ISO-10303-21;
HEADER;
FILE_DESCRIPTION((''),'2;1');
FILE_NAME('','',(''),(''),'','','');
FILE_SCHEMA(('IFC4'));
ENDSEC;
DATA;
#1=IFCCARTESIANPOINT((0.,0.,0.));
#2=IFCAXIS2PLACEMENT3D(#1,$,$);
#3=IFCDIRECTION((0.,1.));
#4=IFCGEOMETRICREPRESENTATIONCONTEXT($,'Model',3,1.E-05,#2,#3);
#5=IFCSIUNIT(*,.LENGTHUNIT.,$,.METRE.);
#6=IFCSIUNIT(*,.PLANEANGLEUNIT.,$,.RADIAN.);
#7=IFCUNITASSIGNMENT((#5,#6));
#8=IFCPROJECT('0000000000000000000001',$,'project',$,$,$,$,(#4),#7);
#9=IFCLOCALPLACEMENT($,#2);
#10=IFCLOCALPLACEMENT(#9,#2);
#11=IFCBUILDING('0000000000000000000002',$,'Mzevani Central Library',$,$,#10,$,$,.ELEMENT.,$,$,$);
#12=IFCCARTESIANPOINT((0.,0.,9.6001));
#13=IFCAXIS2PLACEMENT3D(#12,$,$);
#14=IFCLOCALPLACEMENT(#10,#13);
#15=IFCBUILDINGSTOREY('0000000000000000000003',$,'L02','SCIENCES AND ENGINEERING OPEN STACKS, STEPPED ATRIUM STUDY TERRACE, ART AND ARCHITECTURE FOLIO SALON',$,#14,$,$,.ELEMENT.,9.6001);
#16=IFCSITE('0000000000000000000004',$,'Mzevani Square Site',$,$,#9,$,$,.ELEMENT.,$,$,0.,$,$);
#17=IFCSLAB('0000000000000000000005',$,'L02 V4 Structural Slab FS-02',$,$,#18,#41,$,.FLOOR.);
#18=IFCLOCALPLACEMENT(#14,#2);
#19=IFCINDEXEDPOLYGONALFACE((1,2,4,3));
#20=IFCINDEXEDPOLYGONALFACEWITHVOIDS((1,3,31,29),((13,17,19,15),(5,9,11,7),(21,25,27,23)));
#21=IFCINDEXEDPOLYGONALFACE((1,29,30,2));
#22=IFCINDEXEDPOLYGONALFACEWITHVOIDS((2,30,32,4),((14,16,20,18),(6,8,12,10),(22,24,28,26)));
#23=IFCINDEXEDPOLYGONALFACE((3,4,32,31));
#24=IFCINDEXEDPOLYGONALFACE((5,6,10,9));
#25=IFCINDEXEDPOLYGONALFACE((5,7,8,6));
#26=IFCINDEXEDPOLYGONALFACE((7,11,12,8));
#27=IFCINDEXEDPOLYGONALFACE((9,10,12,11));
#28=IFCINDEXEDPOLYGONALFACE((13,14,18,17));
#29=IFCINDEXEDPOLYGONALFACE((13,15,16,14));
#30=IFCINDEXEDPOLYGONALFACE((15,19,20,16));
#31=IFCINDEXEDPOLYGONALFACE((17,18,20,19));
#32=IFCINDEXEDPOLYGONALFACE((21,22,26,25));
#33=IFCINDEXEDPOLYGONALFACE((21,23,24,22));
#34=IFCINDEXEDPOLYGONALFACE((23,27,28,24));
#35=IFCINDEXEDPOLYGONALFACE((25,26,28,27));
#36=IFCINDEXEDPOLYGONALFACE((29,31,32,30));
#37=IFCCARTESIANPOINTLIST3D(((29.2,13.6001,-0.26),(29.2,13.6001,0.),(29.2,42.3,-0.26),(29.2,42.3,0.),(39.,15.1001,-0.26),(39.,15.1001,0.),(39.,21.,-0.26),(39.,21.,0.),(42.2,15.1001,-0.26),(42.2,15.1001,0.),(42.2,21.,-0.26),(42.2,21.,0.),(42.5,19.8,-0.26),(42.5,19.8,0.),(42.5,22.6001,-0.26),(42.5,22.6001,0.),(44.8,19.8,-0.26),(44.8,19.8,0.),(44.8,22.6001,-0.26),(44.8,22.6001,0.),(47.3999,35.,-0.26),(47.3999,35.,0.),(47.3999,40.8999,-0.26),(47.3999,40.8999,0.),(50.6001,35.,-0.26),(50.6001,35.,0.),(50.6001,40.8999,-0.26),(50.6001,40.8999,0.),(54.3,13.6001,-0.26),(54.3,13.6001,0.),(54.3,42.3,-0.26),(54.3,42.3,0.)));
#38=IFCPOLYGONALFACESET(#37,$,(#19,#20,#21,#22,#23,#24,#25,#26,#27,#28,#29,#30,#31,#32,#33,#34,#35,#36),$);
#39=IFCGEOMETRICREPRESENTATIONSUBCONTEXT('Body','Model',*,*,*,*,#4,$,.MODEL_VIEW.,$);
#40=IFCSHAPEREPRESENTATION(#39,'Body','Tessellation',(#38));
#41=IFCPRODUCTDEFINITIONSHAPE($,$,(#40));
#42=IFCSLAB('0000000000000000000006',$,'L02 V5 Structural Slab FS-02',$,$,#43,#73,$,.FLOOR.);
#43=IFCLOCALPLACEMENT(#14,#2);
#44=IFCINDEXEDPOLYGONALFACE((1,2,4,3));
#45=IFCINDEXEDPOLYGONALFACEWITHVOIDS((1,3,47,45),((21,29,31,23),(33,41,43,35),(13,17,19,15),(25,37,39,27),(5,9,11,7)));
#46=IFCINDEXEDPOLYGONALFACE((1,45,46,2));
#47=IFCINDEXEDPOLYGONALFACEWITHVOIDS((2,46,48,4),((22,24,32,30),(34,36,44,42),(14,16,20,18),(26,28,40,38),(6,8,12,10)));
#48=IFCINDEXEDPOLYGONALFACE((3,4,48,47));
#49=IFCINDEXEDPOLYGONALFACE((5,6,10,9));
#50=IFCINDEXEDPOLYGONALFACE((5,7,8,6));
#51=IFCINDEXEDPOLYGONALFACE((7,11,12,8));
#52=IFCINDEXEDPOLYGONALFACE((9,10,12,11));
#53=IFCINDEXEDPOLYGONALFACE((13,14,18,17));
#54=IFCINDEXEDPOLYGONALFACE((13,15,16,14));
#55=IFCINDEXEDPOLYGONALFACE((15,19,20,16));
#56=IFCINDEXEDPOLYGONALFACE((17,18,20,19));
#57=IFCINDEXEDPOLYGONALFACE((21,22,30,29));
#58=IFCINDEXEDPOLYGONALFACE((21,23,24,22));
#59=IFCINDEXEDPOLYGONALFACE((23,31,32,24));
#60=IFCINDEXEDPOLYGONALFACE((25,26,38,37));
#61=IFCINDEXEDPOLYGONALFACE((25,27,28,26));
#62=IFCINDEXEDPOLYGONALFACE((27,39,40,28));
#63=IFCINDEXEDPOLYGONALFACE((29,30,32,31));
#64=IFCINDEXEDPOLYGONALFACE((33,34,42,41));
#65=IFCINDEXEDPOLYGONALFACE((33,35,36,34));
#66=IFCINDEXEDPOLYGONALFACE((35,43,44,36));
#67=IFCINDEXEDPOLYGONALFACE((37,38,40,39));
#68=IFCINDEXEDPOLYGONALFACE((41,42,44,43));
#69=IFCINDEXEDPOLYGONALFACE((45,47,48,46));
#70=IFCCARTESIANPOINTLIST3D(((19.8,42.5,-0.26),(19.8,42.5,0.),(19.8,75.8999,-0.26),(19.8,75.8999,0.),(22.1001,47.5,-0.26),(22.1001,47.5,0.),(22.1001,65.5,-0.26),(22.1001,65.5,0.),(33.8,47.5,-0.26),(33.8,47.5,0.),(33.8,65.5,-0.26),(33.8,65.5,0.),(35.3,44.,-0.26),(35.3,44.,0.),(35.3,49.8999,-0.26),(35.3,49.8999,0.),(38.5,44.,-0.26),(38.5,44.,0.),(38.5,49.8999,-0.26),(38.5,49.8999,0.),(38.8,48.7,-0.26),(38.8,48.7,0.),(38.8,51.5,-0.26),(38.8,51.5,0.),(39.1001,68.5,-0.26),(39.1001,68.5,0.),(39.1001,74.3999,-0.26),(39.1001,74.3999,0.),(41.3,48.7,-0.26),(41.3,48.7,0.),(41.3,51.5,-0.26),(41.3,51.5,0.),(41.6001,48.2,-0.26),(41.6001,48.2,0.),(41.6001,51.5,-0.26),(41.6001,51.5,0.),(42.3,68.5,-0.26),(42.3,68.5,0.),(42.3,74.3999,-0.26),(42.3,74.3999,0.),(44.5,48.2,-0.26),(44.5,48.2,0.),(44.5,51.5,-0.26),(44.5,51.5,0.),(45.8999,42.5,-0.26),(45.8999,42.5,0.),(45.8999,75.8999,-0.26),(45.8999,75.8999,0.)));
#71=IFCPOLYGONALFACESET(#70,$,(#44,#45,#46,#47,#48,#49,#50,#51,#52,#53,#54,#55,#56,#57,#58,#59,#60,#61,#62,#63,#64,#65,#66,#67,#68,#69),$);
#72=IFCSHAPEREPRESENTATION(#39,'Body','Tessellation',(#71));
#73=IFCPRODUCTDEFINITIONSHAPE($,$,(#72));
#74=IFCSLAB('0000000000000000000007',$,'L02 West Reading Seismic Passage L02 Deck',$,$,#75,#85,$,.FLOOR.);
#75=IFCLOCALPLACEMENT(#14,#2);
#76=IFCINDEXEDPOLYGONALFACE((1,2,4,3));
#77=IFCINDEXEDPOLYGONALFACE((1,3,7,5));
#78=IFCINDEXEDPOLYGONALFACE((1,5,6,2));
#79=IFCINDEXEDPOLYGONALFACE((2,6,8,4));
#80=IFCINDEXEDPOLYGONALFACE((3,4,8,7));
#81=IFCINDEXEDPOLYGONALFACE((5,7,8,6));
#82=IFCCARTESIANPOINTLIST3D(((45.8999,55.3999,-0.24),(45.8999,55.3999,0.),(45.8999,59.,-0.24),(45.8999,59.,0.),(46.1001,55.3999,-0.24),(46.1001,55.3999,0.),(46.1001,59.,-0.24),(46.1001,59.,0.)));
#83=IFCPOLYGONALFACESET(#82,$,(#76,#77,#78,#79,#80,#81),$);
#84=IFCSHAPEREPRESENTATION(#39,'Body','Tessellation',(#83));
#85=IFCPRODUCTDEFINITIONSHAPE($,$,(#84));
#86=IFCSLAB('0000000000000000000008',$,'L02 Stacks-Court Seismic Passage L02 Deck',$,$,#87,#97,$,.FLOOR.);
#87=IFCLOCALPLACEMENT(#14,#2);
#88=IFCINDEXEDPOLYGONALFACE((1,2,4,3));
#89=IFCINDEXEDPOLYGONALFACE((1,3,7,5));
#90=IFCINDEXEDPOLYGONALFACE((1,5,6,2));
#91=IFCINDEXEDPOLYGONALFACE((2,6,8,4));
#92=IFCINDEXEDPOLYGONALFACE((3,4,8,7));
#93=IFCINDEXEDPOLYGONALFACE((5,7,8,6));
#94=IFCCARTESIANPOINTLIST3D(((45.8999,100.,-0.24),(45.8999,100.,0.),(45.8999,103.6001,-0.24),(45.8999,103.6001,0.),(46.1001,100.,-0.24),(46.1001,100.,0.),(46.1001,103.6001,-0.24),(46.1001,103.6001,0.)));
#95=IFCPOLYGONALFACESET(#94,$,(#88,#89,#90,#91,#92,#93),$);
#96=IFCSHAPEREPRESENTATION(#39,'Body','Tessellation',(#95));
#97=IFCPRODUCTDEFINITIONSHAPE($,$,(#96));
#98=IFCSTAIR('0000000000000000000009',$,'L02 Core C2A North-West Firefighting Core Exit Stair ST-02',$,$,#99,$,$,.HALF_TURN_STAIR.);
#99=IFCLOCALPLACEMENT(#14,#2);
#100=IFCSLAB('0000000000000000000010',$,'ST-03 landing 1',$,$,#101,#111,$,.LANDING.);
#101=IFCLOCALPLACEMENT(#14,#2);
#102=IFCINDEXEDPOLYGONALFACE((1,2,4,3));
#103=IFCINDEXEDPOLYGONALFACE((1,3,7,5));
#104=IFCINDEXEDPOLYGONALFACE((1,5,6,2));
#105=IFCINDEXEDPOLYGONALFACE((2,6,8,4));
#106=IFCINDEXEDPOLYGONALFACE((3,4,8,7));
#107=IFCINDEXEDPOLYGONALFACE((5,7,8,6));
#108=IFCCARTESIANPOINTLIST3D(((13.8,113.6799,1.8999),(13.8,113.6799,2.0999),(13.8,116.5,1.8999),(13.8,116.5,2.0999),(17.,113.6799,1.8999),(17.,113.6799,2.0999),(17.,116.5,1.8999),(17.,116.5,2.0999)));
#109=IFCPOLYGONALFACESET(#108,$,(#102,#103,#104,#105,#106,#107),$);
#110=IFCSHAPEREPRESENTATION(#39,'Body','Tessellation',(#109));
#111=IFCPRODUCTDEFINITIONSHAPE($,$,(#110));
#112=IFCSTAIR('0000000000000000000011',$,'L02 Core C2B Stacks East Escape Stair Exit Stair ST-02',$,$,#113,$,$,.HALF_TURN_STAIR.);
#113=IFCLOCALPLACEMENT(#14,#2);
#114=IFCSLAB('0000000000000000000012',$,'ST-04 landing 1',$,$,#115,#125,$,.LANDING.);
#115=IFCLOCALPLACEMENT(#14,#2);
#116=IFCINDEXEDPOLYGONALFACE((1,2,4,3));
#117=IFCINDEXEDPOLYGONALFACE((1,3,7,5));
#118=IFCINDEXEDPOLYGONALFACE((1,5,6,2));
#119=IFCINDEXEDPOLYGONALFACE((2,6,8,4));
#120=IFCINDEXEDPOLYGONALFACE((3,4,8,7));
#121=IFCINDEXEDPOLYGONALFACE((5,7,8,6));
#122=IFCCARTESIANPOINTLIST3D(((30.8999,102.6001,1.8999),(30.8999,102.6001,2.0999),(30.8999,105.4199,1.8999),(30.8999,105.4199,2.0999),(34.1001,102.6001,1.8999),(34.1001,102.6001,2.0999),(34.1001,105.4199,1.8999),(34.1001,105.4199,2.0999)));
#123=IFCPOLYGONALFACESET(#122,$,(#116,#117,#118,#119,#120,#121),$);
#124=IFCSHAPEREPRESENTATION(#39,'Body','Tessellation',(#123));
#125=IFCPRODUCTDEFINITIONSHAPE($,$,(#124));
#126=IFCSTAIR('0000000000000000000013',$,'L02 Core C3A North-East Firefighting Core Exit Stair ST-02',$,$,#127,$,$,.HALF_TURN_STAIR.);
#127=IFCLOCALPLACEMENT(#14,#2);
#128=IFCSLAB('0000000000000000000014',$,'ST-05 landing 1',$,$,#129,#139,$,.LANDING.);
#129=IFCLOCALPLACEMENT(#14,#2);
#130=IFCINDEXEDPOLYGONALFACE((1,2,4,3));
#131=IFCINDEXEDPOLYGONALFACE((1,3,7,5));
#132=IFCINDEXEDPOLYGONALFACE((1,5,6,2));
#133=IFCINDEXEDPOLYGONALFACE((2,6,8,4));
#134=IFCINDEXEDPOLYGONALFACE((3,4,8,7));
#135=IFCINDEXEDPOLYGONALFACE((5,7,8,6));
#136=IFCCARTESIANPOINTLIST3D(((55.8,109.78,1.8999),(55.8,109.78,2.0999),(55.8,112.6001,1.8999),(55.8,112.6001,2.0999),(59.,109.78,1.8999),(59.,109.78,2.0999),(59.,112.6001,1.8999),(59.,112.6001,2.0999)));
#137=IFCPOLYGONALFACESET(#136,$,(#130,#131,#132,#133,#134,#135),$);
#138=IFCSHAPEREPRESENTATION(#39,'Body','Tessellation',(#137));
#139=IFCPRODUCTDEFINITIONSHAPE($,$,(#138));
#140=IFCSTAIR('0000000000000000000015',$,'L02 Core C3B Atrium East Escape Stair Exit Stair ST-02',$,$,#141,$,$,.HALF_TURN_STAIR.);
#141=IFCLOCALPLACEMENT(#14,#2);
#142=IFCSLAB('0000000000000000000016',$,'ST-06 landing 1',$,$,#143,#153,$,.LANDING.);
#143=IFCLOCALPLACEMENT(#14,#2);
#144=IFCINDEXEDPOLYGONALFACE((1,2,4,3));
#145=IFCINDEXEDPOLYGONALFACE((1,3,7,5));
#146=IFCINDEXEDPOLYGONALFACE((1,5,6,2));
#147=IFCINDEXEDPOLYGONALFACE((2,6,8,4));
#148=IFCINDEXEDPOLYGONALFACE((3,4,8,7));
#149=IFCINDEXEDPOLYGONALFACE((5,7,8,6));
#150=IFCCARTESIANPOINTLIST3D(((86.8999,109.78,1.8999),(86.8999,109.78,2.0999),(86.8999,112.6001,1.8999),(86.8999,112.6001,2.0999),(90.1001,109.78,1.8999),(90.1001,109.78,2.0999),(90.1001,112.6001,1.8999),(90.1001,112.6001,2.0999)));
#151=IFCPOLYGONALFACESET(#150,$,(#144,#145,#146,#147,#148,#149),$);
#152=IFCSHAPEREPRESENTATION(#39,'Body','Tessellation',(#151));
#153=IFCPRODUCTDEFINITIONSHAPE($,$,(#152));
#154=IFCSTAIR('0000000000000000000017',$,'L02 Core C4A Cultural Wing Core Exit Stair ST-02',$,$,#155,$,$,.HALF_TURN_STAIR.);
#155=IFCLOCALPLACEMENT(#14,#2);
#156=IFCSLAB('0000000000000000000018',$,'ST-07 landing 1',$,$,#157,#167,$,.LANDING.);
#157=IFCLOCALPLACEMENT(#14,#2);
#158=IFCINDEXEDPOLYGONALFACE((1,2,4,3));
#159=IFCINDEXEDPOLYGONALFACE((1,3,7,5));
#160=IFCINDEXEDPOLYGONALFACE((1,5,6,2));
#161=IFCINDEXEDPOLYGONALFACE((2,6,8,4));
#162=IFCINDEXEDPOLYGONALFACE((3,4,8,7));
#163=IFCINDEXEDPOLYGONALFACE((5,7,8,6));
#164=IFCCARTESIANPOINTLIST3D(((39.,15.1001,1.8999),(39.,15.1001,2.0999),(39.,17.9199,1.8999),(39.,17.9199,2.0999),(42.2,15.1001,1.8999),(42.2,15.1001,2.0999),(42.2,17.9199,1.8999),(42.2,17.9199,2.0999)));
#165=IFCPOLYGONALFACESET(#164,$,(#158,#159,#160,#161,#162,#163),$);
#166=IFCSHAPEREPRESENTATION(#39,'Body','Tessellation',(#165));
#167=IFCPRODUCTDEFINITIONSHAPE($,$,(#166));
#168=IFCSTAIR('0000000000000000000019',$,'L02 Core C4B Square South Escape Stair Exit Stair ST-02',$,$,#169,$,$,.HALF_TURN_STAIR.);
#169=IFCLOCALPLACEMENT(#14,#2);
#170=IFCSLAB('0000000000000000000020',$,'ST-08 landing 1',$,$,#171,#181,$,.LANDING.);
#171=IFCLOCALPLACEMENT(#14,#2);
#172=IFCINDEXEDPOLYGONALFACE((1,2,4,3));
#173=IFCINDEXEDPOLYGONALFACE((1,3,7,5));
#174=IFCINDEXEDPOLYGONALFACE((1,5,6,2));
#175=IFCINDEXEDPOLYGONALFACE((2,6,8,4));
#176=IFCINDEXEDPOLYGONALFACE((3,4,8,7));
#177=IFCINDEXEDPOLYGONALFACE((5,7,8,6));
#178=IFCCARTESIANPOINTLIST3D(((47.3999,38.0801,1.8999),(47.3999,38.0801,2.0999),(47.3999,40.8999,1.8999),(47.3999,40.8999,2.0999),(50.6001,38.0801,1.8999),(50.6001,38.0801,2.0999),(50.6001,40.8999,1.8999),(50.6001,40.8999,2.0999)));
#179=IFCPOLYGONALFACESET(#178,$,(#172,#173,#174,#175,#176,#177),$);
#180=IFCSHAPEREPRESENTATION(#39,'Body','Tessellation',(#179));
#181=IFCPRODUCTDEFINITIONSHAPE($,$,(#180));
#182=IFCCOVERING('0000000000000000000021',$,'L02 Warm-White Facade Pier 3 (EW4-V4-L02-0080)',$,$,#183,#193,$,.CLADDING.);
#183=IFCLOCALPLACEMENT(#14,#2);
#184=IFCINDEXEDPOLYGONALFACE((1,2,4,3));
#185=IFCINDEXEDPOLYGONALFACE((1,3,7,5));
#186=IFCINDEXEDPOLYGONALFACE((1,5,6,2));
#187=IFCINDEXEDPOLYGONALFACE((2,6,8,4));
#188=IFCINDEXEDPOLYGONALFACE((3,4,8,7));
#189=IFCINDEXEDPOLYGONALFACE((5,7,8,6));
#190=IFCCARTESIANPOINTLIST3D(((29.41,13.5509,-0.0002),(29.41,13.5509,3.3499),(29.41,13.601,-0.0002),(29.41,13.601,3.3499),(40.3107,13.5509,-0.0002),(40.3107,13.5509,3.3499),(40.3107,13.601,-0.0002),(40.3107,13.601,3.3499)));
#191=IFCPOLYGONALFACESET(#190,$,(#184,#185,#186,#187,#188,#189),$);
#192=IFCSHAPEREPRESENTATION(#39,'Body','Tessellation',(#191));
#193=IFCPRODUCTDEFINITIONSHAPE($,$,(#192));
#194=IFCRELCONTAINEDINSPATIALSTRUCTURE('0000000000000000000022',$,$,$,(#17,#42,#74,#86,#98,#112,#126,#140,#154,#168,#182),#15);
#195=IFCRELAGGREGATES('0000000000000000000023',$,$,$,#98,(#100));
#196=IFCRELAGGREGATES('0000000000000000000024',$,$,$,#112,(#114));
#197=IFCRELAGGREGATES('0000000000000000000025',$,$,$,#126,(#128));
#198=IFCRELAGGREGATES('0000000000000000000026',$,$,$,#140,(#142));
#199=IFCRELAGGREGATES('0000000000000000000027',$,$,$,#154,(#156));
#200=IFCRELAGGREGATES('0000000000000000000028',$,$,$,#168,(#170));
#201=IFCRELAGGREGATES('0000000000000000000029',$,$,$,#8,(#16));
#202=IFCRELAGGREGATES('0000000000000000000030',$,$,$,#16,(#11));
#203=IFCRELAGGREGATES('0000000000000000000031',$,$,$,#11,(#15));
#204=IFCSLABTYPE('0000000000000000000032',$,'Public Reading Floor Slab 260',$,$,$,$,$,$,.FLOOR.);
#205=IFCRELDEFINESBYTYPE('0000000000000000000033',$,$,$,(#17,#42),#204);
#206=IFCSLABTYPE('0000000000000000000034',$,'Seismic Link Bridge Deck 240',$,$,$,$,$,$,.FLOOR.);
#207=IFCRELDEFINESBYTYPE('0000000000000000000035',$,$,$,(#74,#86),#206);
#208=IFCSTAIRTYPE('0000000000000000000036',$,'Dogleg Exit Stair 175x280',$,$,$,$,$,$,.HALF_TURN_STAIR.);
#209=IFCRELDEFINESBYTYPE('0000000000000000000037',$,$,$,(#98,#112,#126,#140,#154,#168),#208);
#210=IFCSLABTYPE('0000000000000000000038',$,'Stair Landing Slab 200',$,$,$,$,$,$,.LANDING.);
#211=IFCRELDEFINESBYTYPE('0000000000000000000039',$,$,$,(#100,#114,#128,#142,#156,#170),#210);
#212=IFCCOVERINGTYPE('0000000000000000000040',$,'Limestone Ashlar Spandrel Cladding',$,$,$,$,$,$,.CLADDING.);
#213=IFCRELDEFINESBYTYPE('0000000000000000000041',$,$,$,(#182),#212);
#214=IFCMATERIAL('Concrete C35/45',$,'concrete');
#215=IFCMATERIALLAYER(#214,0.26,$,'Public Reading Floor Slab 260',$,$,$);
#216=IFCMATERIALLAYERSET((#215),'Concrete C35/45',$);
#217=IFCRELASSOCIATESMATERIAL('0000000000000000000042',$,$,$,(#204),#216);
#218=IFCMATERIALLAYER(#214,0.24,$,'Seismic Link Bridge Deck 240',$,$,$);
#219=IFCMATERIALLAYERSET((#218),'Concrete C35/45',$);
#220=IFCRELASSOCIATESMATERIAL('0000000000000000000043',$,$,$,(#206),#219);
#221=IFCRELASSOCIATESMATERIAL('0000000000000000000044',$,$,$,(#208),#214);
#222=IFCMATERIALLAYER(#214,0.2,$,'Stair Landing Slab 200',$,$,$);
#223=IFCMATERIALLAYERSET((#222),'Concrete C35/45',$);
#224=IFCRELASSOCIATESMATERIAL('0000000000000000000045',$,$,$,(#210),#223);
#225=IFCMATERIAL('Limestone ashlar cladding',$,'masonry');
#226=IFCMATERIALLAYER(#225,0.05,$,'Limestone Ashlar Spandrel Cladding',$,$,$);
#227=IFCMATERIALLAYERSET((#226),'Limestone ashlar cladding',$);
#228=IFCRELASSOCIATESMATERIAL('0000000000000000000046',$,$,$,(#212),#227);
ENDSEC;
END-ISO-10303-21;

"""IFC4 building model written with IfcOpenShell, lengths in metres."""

from ifc_helpers import new_model, si_unit, direction, frame, origin, origin_2d, place, context, subcontext, project, spatial, polyline, rectangle, outline, extrude, material, layer, layer_set, type_object, element, aggregate, save


model = new_model("IFC4")

# Units and contexts
model_context = context("Model", 3, precision=1e-05, world=origin(), true_north=direction((0.0, 1.0)))
body_context = subcontext(model_context, "Body", "Model", "MODEL_VIEW")
ifc_project = project(units=[si_unit("LENGTHUNIT", "METRE"), si_unit("PLANEANGLEUNIT", "RADIAN")], contexts=[model_context])

# Site, building, storey
site_placement = place(None, origin())
site = spatial("IfcSite", under=ifc_project, at=site_placement, Name="Mzevani Square Site", CompositionType="ELEMENT", RefElevation=0.0)
building_placement = place(site_placement, origin())
building = spatial("IfcBuilding", under=site, at=building_placement, Name="Mzevani Central Library", CompositionType="ELEMENT")
storey_placement = place(building_placement, frame((0.0, 0.0, 9.6001)))
storey = spatial("IfcBuildingStorey", under=building, at=storey_placement, Name="L02", Description="SCIENCES AND ENGINEERING OPEN STACKS, STEPPED ATRIUM STUDY TERRACE, ART AND ARCHITECTURE FOLIO SALON", CompositionType="ELEMENT", Elevation=9.6001)

# Slabs
ifc_material_1 = material(Name="Concrete C35/45", Category="concrete")
ifc_layer_1 = layer(ifc_material_1, 0.26, Name="Public Reading Floor Slab 260")
ifc_layer_set_1 = layer_set([ifc_layer_1], Name="Concrete C35/45")
slab_type_1 = type_object("IfcSlabType", Name="Public Reading Floor Slab 260", PredefinedType="FLOOR", material=ifc_layer_set_1)
slab_1_placement = place(storey_placement, frame((0.0, 0.0, -0.26)))
element("IfcSlab", 1, at=slab_1_placement, inside=storey, type_object=slab_type_1, Name="L02 V4 Structural Slab FS-02", PredefinedType="FLOOR", context=body_context, shape_type="SweptSolid", body=[
    extrude(outline(polyline([(54.3, 13.6001), (29.2, 13.6001), (29.2, 42.3), (54.3, 42.3), (54.3, 13.6001)]), holes=[polyline([(39.0, 21.0), (39.0, 15.1001), (42.2, 15.1001), (42.2, 21.0), (39.0, 21.0)]), polyline([(42.5, 19.8), (44.8, 19.8), (44.8, 22.6001), (42.5, 22.6001), (42.5, 19.8)]), polyline([(50.6001, 35.0), (50.6001, 40.8999), (47.3999, 40.8999), (47.3999, 35.0), (50.6001, 35.0)])]), origin(), (0.0, 0.0, 1.0), 0.26),
])
slab_2_placement = place(storey_placement, frame((0.0, 0.0, -0.26)))
element("IfcSlab", 2, at=slab_2_placement, inside=storey, type_object=slab_type_1, Name="L02 V5 Structural Slab FS-02", PredefinedType="FLOOR", context=body_context, shape_type="SweptSolid", body=[
    extrude(outline(polyline([(19.8, 42.5), (19.8, 75.8999), (45.8999, 75.8999), (45.8999, 42.5), (19.8, 42.5)]), holes=[polyline([(33.8, 65.5), (22.1001, 65.5), (22.1001, 47.5), (33.8, 47.5), (33.8, 65.5)]), polyline([(35.3, 49.8999), (35.3, 44.0), (38.5, 44.0), (38.5, 49.8999), (35.3, 49.8999)]), polyline([(38.8, 48.7), (41.3, 48.7), (41.3, 51.5), (38.8, 51.5), (38.8, 48.7)]), polyline([(41.6001, 48.2), (44.5, 48.2), (44.5, 51.5), (41.6001, 51.5), (41.6001, 48.2)]), polyline([(42.3, 68.5), (42.3, 74.3999), (39.1001, 74.3999), (39.1001, 68.5), (42.3, 68.5)])]), origin(), (0.0, 0.0, 1.0), 0.26),
])
ifc_layer_2 = layer(ifc_material_1, 0.24, Name="Seismic Link Bridge Deck 240")
ifc_layer_set_2 = layer_set([ifc_layer_2], Name="Concrete C35/45")
slab_type_2 = type_object("IfcSlabType", Name="Seismic Link Bridge Deck 240", PredefinedType="FLOOR", material=ifc_layer_set_2)
slab_3_placement = place(storey_placement, frame((0.0, 0.0, -0.24)))
element("IfcSlab", 3, at=slab_3_placement, inside=storey, type_object=slab_type_2, Name="L02 West Reading Seismic Passage L02 Deck", PredefinedType="FLOOR", context=body_context, shape_type="SweptSolid", body=[
    extrude(outline(polyline([(45.8999, 55.3999), (46.1001, 55.3999), (46.1001, 59.0), (45.8999, 59.0), (45.8999, 55.3999)])), origin(), (0.0, 0.0, 1.0), 0.24),
])
slab_4_placement = place(storey_placement, frame((0.0, 0.0, -0.24)))
element("IfcSlab", 4, at=slab_4_placement, inside=storey, type_object=slab_type_2, Name="L02 Stacks-Court Seismic Passage L02 Deck", PredefinedType="FLOOR", context=body_context, shape_type="SweptSolid", body=[
    extrude(outline(polyline([(45.8999, 100.0), (46.1001, 100.0), (46.1001, 103.6001), (45.8999, 103.6001), (45.8999, 100.0)])), origin(), (0.0, 0.0, 1.0), 0.24),
])

# Stairs, slabs
stair_type = type_object("IfcStairType", Name="Dogleg Exit Stair 175x280", PredefinedType="HALF_TURN_STAIR", material=ifc_material_1)
stair_1_placement = place(storey_placement, origin())
stair_1 = element("IfcStair", 5, at=stair_1_placement, inside=storey, type_object=stair_type, Name="L02 Core C2A North-West Firefighting Core Exit Stair ST-02", PredefinedType="HALF_TURN_STAIR")
ifc_layer_3 = layer(ifc_material_1, 0.2, Name="Stair Landing Slab 200")
ifc_layer_set_3 = layer_set([ifc_layer_3], Name="Concrete C35/45")
slab_type_3 = type_object("IfcSlabType", Name="Stair Landing Slab 200", PredefinedType="LANDING", material=ifc_layer_set_3)
slab_5_placement = place(storey_placement, frame((0.0, 0.0, 1.8999)))
slab_5 = element("IfcSlab", 6, at=slab_5_placement, type_object=slab_type_3, Name="ST-03 landing 1", PredefinedType="LANDING", context=body_context, shape_type="SweptSolid", body=[
    extrude(outline(polyline([(17.0, 113.6799), (17.0, 116.5), (13.8, 116.5), (13.8, 113.6799), (17.0, 113.6799)])), origin(), (0.0, 0.0, 1.0), 0.2),
])
aggregate(stair_1, [slab_5])
stair_2_placement = place(storey_placement, origin())
stair_2 = element("IfcStair", 7, at=stair_2_placement, inside=storey, type_object=stair_type, Name="L02 Core C2B Stacks East Escape Stair Exit Stair ST-02", PredefinedType="HALF_TURN_STAIR")
slab_6_placement = place(storey_placement, frame((0.0, 0.0, 1.8999)))
slab_6 = element("IfcSlab", 8, at=slab_6_placement, type_object=slab_type_3, Name="ST-04 landing 1", PredefinedType="LANDING", context=body_context, shape_type="SweptSolid", body=[
    extrude(outline(polyline([(30.8999, 105.4199), (30.8999, 102.6001), (34.1001, 102.6001), (34.1001, 105.4199), (30.8999, 105.4199)])), origin(), (0.0, 0.0, 1.0), 0.2),
])
aggregate(stair_2, [slab_6])
stair_3_placement = place(storey_placement, origin())
stair_3 = element("IfcStair", 9, at=stair_3_placement, inside=storey, type_object=stair_type, Name="L02 Core C3A North-East Firefighting Core Exit Stair ST-02", PredefinedType="HALF_TURN_STAIR")
slab_7_placement = place(storey_placement, frame((0.0, 0.0, 1.8999)))
slab_7 = element("IfcSlab", 10, at=slab_7_placement, type_object=slab_type_3, Name="ST-05 landing 1", PredefinedType="LANDING", context=body_context, shape_type="SweptSolid", body=[
    extrude(outline(polyline([(59.0, 109.78), (59.0, 112.6001), (55.8, 112.6001), (55.8, 109.78), (59.0, 109.78)])), origin(), (0.0, 0.0, 1.0), 0.2),
])
aggregate(stair_3, [slab_7])
stair_4_placement = place(storey_placement, origin())
stair_4 = element("IfcStair", 11, at=stair_4_placement, inside=storey, type_object=stair_type, Name="L02 Core C3B Atrium East Escape Stair Exit Stair ST-02", PredefinedType="HALF_TURN_STAIR")
slab_8_placement = place(storey_placement, frame((0.0, 0.0, 1.8999)))
slab_8 = element("IfcSlab", 12, at=slab_8_placement, type_object=slab_type_3, Name="ST-06 landing 1", PredefinedType="LANDING", context=body_context, shape_type="SweptSolid", body=[
    extrude(outline(polyline([(90.1001, 109.78), (90.1001, 112.6001), (86.8999, 112.6001), (86.8999, 109.78), (90.1001, 109.78)])), origin(), (0.0, 0.0, 1.0), 0.2),
])
aggregate(stair_4, [slab_8])
stair_5_placement = place(storey_placement, origin())
stair_5 = element("IfcStair", 13, at=stair_5_placement, inside=storey, type_object=stair_type, Name="L02 Core C4A Cultural Wing Core Exit Stair ST-02", PredefinedType="HALF_TURN_STAIR")
slab_9_placement = place(storey_placement, frame((0.0, 0.0, 1.8999)))
slab_9 = element("IfcSlab", 14, at=slab_9_placement, type_object=slab_type_3, Name="ST-07 landing 1", PredefinedType="LANDING", context=body_context, shape_type="SweptSolid", body=[
    extrude(outline(polyline([(39.0, 17.9199), (39.0, 15.1001), (42.2, 15.1001), (42.2, 17.9199), (39.0, 17.9199)])), origin(), (0.0, 0.0, 1.0), 0.2),
])
aggregate(stair_5, [slab_9])
stair_6_placement = place(storey_placement, origin())
stair_6 = element("IfcStair", 15, at=stair_6_placement, inside=storey, type_object=stair_type, Name="L02 Core C4B Square South Escape Stair Exit Stair ST-02", PredefinedType="HALF_TURN_STAIR")
slab_10_placement = place(storey_placement, frame((0.0, 0.0, 1.8999)))
slab_10 = element("IfcSlab", 16, at=slab_10_placement, type_object=slab_type_3, Name="ST-08 landing 1", PredefinedType="LANDING", context=body_context, shape_type="SweptSolid", body=[
    extrude(outline(polyline([(50.6001, 38.0801), (50.6001, 40.8999), (47.3999, 40.8999), (47.3999, 38.0801), (50.6001, 38.0801)])), origin(), (0.0, 0.0, 1.0), 0.2),
])
aggregate(stair_6, [slab_10])

# Covering
ifc_material_2 = material(Name="Limestone ashlar cladding", Category="masonry")
ifc_layer_4 = layer(ifc_material_2, 0.05, Name="Limestone Ashlar Spandrel Cladding")
ifc_layer_set_4 = layer_set([ifc_layer_4], Name="Limestone ashlar cladding")
covering_type_1 = type_object("IfcCoveringType", Name="Limestone Ashlar Spandrel Cladding", PredefinedType="CLADDING", material=ifc_layer_set_4)
covering_1_placement = place(storey_placement, frame((34.8604, 13.5759, -0.0002), z_axis=(0.0, 0.0, 1.0), x_axis=(-1.0, 0.0, 0.0)))
element("IfcCovering", 17, at=covering_1_placement, inside=storey, type_object=covering_type_1, Name="L02 Warm-White Facade Pier 3 (EW4-V4-L02-0080)", PredefinedType="CLADDING", context=body_context, shape_type="SweptSolid", body=[
    extrude(rectangle(XDim=10.9006, YDim=0.05, at=origin_2d()), origin(), (0.0, 0.0, 1.0), 3.3501),
])

save(model, "model.ifc")
